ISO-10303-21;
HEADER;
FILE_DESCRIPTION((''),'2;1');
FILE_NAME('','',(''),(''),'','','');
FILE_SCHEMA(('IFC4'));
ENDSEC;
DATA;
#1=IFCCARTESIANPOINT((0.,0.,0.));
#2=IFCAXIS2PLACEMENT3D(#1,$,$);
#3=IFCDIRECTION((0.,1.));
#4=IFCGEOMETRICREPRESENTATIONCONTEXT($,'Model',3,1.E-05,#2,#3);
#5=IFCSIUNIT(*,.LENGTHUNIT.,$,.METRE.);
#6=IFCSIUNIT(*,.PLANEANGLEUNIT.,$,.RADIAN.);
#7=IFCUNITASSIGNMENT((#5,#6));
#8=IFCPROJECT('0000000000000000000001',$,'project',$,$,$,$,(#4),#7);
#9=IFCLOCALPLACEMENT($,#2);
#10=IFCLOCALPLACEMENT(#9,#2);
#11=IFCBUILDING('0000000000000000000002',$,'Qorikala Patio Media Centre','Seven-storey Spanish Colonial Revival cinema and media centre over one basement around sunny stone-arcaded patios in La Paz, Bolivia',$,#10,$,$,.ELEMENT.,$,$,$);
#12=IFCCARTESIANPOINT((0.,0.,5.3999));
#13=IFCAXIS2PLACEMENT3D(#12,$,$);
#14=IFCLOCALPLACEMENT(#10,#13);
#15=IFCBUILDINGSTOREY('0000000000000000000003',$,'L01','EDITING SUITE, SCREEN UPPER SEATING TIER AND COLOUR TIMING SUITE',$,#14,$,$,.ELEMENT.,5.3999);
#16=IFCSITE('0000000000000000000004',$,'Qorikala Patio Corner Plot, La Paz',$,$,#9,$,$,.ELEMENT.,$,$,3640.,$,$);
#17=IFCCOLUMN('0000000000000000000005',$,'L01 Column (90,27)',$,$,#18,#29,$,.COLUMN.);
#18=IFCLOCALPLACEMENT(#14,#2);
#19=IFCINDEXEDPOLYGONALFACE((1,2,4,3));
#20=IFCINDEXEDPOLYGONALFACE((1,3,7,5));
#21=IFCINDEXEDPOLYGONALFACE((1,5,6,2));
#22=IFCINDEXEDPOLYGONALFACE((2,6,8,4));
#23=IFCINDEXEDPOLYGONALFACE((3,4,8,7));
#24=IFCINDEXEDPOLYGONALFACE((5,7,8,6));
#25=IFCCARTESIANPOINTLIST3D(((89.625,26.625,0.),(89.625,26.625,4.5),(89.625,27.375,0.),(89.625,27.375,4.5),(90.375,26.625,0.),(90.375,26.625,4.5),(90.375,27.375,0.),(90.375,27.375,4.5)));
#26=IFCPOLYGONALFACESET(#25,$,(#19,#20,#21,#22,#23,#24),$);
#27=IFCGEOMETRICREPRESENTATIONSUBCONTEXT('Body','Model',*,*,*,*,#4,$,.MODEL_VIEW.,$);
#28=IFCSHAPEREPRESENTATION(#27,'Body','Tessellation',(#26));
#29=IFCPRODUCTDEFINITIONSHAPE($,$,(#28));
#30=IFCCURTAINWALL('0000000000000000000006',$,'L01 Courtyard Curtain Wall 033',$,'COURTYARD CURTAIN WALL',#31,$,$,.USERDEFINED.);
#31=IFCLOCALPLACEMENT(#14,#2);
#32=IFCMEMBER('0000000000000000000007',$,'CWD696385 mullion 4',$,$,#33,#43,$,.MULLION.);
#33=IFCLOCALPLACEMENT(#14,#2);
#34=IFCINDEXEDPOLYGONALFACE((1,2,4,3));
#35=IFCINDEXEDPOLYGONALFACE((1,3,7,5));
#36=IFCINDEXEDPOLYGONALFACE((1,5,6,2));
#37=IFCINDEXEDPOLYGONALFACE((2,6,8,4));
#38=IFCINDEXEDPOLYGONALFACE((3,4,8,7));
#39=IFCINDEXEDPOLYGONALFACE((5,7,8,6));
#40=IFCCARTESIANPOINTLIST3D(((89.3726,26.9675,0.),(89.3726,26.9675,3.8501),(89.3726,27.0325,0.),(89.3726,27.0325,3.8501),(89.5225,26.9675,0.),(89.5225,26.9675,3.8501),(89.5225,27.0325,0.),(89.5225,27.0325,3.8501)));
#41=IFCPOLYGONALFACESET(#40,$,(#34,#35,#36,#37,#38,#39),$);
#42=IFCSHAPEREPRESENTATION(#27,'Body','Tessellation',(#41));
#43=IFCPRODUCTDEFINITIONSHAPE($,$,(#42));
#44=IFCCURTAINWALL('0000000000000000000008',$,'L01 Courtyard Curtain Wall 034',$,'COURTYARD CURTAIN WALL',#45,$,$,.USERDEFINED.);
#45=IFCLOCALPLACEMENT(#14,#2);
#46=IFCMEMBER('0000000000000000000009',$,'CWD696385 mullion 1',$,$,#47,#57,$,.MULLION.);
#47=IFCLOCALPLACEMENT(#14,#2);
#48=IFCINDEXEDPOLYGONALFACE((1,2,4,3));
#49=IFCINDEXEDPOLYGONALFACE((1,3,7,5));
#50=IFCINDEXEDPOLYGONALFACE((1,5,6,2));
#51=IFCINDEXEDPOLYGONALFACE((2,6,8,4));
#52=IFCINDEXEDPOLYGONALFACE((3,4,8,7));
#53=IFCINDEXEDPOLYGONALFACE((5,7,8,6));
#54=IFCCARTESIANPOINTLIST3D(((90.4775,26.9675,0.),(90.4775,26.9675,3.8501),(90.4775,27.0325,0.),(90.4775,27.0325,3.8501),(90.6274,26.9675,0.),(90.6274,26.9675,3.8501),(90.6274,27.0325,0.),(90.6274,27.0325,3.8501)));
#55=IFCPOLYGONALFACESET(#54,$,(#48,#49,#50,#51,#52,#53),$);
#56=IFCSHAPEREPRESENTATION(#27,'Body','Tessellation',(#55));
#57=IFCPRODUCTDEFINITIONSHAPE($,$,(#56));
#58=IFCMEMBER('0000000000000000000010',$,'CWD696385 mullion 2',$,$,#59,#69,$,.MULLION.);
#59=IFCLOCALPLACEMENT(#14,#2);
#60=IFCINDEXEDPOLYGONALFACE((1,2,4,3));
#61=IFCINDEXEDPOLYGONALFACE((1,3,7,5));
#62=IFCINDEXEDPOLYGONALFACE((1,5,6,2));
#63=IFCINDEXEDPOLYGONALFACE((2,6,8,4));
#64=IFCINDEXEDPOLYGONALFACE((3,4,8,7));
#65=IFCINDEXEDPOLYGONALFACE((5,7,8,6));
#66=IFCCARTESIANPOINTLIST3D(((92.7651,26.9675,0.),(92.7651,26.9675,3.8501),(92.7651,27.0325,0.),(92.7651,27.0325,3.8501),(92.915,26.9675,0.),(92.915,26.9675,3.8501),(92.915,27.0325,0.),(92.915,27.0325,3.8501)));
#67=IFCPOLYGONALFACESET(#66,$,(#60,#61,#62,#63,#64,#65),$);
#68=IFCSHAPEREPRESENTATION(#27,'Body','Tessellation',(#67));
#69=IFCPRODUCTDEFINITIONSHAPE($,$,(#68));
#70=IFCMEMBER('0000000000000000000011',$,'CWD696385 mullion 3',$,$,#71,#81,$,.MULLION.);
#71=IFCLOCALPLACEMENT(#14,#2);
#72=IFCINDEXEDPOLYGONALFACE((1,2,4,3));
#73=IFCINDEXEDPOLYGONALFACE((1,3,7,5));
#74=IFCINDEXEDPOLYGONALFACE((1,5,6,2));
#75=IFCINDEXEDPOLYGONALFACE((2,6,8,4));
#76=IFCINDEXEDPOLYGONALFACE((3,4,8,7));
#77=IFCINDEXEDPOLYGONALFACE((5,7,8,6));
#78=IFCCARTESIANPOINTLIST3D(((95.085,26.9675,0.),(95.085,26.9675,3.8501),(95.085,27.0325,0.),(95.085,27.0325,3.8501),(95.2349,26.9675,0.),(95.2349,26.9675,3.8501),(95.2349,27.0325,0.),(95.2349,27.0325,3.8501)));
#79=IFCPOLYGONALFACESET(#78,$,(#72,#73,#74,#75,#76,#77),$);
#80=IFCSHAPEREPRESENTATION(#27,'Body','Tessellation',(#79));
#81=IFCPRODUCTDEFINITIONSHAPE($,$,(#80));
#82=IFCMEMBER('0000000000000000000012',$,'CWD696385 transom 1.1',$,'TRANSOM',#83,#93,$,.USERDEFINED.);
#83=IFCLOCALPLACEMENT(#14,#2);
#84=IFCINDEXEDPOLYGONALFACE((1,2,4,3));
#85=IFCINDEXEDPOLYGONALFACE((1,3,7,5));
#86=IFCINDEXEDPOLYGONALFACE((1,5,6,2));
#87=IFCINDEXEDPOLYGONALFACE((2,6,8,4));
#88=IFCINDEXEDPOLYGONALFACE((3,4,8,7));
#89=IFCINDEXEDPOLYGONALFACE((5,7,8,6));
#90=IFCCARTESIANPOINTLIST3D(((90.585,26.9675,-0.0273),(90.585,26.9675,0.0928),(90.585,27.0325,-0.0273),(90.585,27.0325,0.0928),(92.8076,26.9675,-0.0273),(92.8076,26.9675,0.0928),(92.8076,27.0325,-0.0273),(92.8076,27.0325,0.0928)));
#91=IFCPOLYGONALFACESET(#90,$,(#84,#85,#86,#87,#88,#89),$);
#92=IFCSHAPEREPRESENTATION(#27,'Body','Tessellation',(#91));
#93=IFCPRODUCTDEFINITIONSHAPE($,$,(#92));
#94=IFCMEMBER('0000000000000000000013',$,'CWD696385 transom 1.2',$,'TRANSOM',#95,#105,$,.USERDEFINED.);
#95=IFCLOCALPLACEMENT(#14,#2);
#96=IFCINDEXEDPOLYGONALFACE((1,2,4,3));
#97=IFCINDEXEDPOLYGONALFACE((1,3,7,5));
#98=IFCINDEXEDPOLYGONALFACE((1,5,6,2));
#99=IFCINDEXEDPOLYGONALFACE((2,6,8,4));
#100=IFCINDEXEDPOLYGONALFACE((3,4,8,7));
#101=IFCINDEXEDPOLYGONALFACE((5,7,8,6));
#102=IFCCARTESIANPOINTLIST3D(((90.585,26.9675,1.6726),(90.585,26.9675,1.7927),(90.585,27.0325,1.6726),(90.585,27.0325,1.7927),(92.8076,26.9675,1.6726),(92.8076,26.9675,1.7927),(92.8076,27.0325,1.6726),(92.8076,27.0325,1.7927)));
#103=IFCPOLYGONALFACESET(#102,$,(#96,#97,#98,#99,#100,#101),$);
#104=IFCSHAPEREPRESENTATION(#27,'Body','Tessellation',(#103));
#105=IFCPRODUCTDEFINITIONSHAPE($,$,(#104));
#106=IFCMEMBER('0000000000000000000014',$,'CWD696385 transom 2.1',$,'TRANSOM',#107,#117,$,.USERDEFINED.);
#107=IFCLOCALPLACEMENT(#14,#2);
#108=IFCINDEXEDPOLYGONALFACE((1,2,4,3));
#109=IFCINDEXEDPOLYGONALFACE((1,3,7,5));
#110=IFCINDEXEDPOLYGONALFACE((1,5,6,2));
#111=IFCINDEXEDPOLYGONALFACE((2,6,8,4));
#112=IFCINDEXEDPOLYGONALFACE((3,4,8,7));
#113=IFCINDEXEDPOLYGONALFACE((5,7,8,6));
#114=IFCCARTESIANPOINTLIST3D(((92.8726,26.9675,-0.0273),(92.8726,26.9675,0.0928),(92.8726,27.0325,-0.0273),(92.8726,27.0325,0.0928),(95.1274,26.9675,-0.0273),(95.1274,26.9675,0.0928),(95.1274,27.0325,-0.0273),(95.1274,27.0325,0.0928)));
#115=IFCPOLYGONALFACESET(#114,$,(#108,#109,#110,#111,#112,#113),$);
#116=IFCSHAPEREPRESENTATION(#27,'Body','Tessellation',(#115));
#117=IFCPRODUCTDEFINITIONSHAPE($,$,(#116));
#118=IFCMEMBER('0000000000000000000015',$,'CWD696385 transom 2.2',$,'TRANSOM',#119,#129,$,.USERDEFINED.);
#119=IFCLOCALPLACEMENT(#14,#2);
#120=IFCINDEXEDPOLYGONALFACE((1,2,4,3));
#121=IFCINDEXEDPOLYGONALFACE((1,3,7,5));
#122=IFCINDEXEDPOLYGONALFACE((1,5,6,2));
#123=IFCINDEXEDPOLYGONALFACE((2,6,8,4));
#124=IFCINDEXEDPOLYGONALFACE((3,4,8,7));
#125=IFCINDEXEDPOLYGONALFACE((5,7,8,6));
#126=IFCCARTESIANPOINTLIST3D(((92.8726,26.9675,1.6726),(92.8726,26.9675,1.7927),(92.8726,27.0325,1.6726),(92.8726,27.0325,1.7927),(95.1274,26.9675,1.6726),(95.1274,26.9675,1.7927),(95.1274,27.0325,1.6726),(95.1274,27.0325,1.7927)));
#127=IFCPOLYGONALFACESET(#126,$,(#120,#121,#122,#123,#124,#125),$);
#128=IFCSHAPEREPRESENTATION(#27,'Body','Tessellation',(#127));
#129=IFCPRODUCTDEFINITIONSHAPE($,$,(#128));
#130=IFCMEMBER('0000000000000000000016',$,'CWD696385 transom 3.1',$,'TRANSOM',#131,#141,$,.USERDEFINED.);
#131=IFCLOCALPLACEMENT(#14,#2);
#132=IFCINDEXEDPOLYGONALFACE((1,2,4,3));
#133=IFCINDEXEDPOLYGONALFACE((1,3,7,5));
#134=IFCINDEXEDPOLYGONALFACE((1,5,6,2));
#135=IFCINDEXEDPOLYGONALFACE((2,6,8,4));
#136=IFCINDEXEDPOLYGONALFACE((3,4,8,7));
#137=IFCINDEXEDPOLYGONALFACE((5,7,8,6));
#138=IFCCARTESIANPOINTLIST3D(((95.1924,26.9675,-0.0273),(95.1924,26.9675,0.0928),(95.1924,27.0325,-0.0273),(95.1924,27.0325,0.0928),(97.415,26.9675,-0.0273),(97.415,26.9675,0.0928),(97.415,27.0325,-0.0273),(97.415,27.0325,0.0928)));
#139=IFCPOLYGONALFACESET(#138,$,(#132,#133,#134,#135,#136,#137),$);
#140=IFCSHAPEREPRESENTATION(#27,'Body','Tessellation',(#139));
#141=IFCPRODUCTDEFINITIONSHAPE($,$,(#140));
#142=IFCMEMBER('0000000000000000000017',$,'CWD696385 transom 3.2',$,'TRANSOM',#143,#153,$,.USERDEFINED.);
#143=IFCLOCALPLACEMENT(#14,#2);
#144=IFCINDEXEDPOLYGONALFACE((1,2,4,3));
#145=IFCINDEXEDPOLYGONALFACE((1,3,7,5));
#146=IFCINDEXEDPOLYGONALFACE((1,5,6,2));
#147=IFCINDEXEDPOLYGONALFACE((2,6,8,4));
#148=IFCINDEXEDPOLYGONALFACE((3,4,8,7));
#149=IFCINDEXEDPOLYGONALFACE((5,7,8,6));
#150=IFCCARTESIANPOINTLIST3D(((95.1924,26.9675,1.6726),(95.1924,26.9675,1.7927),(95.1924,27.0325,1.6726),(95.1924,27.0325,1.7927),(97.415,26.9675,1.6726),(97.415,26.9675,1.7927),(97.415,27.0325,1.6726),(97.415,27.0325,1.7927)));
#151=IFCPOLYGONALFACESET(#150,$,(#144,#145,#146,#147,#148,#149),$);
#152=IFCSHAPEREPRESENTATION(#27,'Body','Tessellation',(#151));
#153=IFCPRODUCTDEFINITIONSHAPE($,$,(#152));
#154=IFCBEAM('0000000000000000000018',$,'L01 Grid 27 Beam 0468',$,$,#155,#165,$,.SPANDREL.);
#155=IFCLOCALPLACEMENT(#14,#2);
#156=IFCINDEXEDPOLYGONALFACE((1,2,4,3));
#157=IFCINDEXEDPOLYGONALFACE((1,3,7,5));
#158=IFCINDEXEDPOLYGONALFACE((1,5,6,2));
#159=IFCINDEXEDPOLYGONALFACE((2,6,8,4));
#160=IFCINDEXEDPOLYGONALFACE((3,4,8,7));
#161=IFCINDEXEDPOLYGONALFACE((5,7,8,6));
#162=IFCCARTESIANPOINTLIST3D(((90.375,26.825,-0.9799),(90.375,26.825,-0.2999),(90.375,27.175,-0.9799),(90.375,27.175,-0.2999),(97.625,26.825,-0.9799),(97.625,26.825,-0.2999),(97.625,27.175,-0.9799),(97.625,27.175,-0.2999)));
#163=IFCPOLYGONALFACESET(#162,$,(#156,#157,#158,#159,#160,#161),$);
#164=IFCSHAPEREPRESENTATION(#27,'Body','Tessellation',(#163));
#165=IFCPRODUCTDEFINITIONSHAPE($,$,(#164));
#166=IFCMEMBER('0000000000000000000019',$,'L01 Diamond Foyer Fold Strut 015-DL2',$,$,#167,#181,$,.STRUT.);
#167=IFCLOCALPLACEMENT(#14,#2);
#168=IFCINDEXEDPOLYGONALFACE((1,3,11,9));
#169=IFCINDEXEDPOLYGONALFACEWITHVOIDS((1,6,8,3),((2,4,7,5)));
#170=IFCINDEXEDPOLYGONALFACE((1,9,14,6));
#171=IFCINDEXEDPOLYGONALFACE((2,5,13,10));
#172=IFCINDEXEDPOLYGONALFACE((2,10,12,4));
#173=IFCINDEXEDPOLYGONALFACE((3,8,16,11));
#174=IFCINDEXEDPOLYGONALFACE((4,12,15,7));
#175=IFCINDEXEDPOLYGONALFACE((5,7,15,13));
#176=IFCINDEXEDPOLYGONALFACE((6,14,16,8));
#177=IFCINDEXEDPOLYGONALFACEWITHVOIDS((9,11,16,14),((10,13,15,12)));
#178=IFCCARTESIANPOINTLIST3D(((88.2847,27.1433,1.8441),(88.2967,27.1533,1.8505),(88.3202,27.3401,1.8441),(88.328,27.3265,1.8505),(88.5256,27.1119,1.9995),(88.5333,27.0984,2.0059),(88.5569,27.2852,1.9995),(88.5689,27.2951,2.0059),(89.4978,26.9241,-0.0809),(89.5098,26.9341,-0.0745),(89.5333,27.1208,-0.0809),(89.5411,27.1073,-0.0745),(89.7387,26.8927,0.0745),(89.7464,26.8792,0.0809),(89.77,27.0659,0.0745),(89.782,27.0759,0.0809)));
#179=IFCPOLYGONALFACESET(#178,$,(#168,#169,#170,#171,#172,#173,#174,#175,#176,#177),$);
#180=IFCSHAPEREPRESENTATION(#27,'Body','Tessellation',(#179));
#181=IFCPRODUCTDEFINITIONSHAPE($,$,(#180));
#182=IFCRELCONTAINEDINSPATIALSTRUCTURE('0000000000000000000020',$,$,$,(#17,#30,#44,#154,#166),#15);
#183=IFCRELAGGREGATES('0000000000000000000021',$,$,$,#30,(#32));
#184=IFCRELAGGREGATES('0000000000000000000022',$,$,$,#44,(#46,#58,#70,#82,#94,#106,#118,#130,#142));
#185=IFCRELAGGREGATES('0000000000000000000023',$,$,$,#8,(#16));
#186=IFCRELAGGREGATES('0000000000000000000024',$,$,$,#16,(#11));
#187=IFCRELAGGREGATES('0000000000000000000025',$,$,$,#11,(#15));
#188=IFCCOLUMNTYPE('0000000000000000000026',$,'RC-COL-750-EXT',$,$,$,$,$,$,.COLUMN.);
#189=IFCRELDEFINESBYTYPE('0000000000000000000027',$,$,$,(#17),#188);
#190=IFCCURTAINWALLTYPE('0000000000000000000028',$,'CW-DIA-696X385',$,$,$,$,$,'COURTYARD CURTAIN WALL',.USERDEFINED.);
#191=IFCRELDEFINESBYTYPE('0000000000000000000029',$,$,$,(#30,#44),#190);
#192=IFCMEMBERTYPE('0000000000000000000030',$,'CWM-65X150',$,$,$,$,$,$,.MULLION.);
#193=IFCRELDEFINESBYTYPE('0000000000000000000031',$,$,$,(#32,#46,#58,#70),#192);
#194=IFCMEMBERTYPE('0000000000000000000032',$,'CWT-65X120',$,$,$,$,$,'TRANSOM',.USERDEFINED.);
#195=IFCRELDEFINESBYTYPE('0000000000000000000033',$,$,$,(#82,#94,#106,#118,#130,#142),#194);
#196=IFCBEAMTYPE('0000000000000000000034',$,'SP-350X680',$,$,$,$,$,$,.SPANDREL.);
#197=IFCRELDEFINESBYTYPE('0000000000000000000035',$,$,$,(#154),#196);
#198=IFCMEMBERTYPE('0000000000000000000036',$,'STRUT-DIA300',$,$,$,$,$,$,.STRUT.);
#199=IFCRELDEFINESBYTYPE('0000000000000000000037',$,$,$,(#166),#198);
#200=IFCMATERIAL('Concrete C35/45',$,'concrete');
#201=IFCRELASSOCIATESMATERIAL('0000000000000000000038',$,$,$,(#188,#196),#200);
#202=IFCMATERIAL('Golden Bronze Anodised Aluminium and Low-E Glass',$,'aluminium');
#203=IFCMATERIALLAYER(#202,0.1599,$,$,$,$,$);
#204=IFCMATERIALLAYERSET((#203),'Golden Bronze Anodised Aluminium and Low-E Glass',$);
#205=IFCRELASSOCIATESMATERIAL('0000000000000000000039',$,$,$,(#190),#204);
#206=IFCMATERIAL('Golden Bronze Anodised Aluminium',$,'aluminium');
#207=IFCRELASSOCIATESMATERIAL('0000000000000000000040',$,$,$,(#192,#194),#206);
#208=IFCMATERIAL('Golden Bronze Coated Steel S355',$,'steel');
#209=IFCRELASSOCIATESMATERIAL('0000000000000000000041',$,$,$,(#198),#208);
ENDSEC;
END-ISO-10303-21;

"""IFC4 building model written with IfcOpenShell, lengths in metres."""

from ifc_helpers import new_model, si_unit, direction, frame, origin, origin_2d, place, context, subcontext, project, spatial, rectangle, hollow_rectangle, extrude, material, layer, layer_set, material_profile, profile_set, type_object, element, aggregate, save


model = new_model("IFC4")

# Units and contexts
model_context = context("Model", 3, precision=1e-05, world=origin(), true_north=direction((0.0, 1.0)))
body_context = subcontext(model_context, "Body", "Model", "MODEL_VIEW")
ifc_project = project(units=[si_unit("LENGTHUNIT", "METRE"), si_unit("PLANEANGLEUNIT", "RADIAN")], contexts=[model_context])

# Site, building, storey
site_placement = place(None, origin())
site = spatial("IfcSite", under=ifc_project, at=site_placement, Name="Qorikala Patio Corner Plot, La Paz", CompositionType="ELEMENT", RefElevation=3640.0)
building_placement = place(site_placement, origin())
building = spatial("IfcBuilding", under=site, at=building_placement, Name="Qorikala Patio Media Centre", Description="Seven-storey Spanish Colonial Revival cinema and media centre over one basement around sunny stone-arcaded patios in La Paz, Bolivia", CompositionType="ELEMENT")
storey_placement = place(building_placement, frame((0.0, 0.0, 5.3999)))
storey = spatial("IfcBuildingStorey", under=building, at=storey_placement, Name="L01", Description="EDITING SUITE, SCREEN UPPER SEATING TIER AND COLOUR TIMING SUITE", CompositionType="ELEMENT", Elevation=5.3999)

# Column
ifc_material_1 = material(Name="Concrete C35/45", Category="concrete")
ifc_material_profile_1 = material_profile(ifc_material_1, rectangle(XDim=0.75, YDim=0.75, at=origin_2d()), Name="RC 750x750")
ifc_profile_set_1 = profile_set([ifc_material_profile_1], Name="Concrete C35/45")
column_type = type_object("IfcColumnType", Name="RC-COL-750-EXT", PredefinedType="COLUMN", material=ifc_profile_set_1)
column_placement = place(storey_placement, frame((90.0, 27.0, 0.0), z_axis=(0.0, 0.0, 1.0), x_axis=(1.0, 0.0, 0.0)))
element("IfcColumn", 1, at=column_placement, inside=storey, type_object=column_type, Name="L01 Column (90,27)", PredefinedType="COLUMN", context=body_context, shape_type="SweptSolid", body=[
    extrude(rectangle(XDim=0.75, YDim=0.75, at=origin_2d()), origin(), (0.0, 0.0, 1.0), 4.5),
])

# Curtain wall, member
ifc_material_2 = material(Name="Golden Bronze Anodised Aluminium and Low-E Glass", Category="aluminium")
ifc_layer_1 = layer(ifc_material_2, 0.1599)
ifc_layer_set_1 = layer_set([ifc_layer_1], Name="Golden Bronze Anodised Aluminium and Low-E Glass")
curtain_wall_type = type_object("IfcCurtainWallType", Name="CW-DIA-696X385", ElementType="COURTYARD CURTAIN WALL", PredefinedType="USERDEFINED", material=ifc_layer_set_1)
curtain_wall_1_placement = place(storey_placement, origin())
curtain_wall_1 = element("IfcCurtainWall", 2, at=curtain_wall_1_placement, inside=storey, type_object=curtain_wall_type, Name="L01 Courtyard Curtain Wall 033", ObjectType="COURTYARD CURTAIN WALL", PredefinedType="USERDEFINED")
ifc_material_3 = material(Name="Golden Bronze Anodised Aluminium", Category="aluminium")
ifc_material_profile_2 = material_profile(ifc_material_3, rectangle(XDim=0.0649, YDim=0.1499, at=origin_2d()), Name="ALU MULLION 65x150")
ifc_profile_set_2 = profile_set([ifc_material_profile_2], Name="Golden Bronze Anodised Aluminium")
member_type_1 = type_object("IfcMemberType", Name="CWM-65X150", PredefinedType="MULLION", material=ifc_profile_set_2)
member_1_placement = place(storey_placement, frame((89.4475, 27.0, 0.0), z_axis=(0.0, 0.0, 1.0), x_axis=(0.0, 1.0, 0.0)))
member_1 = element("IfcMember", 3, at=member_1_placement, type_object=member_type_1, Name="CWD696385 mullion 4", PredefinedType="MULLION", context=body_context, shape_type="SweptSolid", body=[
    extrude(rectangle(XDim=0.0649, YDim=0.1499, at=origin_2d()), origin(), (0.0, 0.0, 1.0), 3.8501),
])
aggregate(curtain_wall_1, [member_1])

# Curtain wall, members
curtain_wall_2_placement = place(storey_placement, origin())
curtain_wall_2 = element("IfcCurtainWall", 4, at=curtain_wall_2_placement, inside=storey, type_object=curtain_wall_type, Name="L01 Courtyard Curtain Wall 034", ObjectType="COURTYARD CURTAIN WALL", PredefinedType="USERDEFINED")
member_2_placement = place(storey_placement, frame((90.5525, 27.0, 0.0), z_axis=(0.0, 0.0, 1.0), x_axis=(0.0, 1.0, 0.0)))
member_2 = element("IfcMember", 5, at=member_2_placement, type_object=member_type_1, Name="CWD696385 mullion 1", PredefinedType="MULLION", context=body_context, shape_type="SweptSolid", body=[
    extrude(rectangle(XDim=0.0649, YDim=0.1499, at=origin_2d()), origin(), (0.0, 0.0, 1.0), 3.8501),
])
member_3_placement = place(storey_placement, frame((92.8401, 27.0, 0.0), z_axis=(0.0, 0.0, 1.0), x_axis=(0.0, 1.0, 0.0)))
member_3 = element("IfcMember", 6, at=member_3_placement, type_object=member_type_1, Name="CWD696385 mullion 2", PredefinedType="MULLION", context=body_context, shape_type="SweptSolid", body=[
    extrude(rectangle(XDim=0.0649, YDim=0.1499, at=origin_2d()), origin(), (0.0, 0.0, 1.0), 3.8501),
])
member_4_placement = place(storey_placement, frame((95.1599, 27.0, 0.0), z_axis=(0.0, 0.0, 1.0), x_axis=(0.0, 1.0, 0.0)))
member_4 = element("IfcMember", 7, at=member_4_placement, type_object=member_type_1, Name="CWD696385 mullion 3", PredefinedType="MULLION", context=body_context, shape_type="SweptSolid", body=[
    extrude(rectangle(XDim=0.0649, YDim=0.1499, at=origin_2d()), origin(), (0.0, 0.0, 1.0), 3.8501),
])
ifc_material_profile_3 = material_profile(ifc_material_3, rectangle(XDim=0.0649, YDim=0.1201, at=origin_2d()), Name="ALU TRANSOM 65x120")
ifc_profile_set_3 = profile_set([ifc_material_profile_3], Name="Golden Bronze Anodised Aluminium")
member_type_2 = type_object("IfcMemberType", Name="CWT-65X120", ElementType="TRANSOM", PredefinedType="USERDEFINED", material=ifc_profile_set_3)
member_5_placement = place(storey_placement, frame((90.585, 27.0, 0.0327), z_axis=(1.0, 0.0, 0.0), x_axis=(0.0, 1.0, 0.0)))
member_5 = element("IfcMember", 8, at=member_5_placement, type_object=member_type_2, Name="CWD696385 transom 1.1", ObjectType="TRANSOM", PredefinedType="USERDEFINED", context=body_context, shape_type="SweptSolid", body=[
    extrude(rectangle(XDim=0.0649, YDim=0.1201, at=origin_2d()), origin(), (0.0, 0.0, 1.0), 2.2227),
])
member_6_placement = place(storey_placement, frame((90.585, 27.0, 1.7327), z_axis=(1.0, 0.0, 0.0), x_axis=(0.0, 1.0, 0.0)))
member_6 = element("IfcMember", 9, at=member_6_placement, type_object=member_type_2, Name="CWD696385 transom 1.2", ObjectType="TRANSOM", PredefinedType="USERDEFINED", context=body_context, shape_type="SweptSolid", body=[
    extrude(rectangle(XDim=0.0649, YDim=0.1201, at=origin_2d()), origin(), (0.0, 0.0, 1.0), 2.2227),
])
member_7_placement = place(storey_placement, frame((92.8726, 27.0, 0.0327), z_axis=(1.0, 0.0, 0.0), x_axis=(0.0, 1.0, 0.0)))
member_7 = element("IfcMember", 10, at=member_7_placement, type_object=member_type_2, Name="CWD696385 transom 2.1", ObjectType="TRANSOM", PredefinedType="USERDEFINED", context=body_context, shape_type="SweptSolid", body=[
    extrude(rectangle(XDim=0.0649, YDim=0.1201, at=origin_2d()), origin(), (0.0, 0.0, 1.0), 2.2549),
])
member_8_placement = place(storey_placement, frame((92.8726, 27.0, 1.7327), z_axis=(1.0, 0.0, 0.0), x_axis=(0.0, 1.0, 0.0)))
member_8 = element("IfcMember", 11, at=member_8_placement, type_object=member_type_2, Name="CWD696385 transom 2.2", ObjectType="TRANSOM", PredefinedType="USERDEFINED", context=body_context, shape_type="SweptSolid", body=[
    extrude(rectangle(XDim=0.0649, YDim=0.1201, at=origin_2d()), origin(), (0.0, 0.0, 1.0), 2.2549),
])
member_9_placement = place(storey_placement, frame((95.1924, 27.0, 0.0327), z_axis=(1.0, 0.0, 0.0), x_axis=(0.0, 1.0, 0.0)))
member_9 = element("IfcMember", 12, at=member_9_placement, type_object=member_type_2, Name="CWD696385 transom 3.1", ObjectType="TRANSOM", PredefinedType="USERDEFINED", context=body_context, shape_type="SweptSolid", body=[
    extrude(rectangle(XDim=0.0649, YDim=0.1201, at=origin_2d()), origin(), (0.0, 0.0, 1.0), 2.2227),
])
member_10_placement = place(storey_placement, frame((95.1924, 27.0, 1.7327), z_axis=(1.0, 0.0, 0.0), x_axis=(0.0, 1.0, 0.0)))
member_10 = element("IfcMember", 13, at=member_10_placement, type_object=member_type_2, Name="CWD696385 transom 3.2", ObjectType="TRANSOM", PredefinedType="USERDEFINED", context=body_context, shape_type="SweptSolid", body=[
    extrude(rectangle(XDim=0.0649, YDim=0.1201, at=origin_2d()), origin(), (0.0, 0.0, 1.0), 2.2227),
])

# Beam
ifc_material_profile_4 = material_profile(ifc_material_1, rectangle(XDim=0.3501, YDim=0.6799, at=origin_2d()), Name="RC 350x680")
ifc_profile_set_4 = profile_set([ifc_material_profile_4], Name="Concrete C35/45")
beam_type = type_object("IfcBeamType", Name="SP-350X680", PredefinedType="SPANDREL", material=ifc_profile_set_4)
beam_placement = place(storey_placement, frame((90.375, 27.0, -0.6399), z_axis=(1.0, 0.0, 0.0), x_axis=(0.0, 1.0, 0.0)))
element("IfcBeam", 14, at=beam_placement, inside=storey, type_object=beam_type, Name="L01 Grid 27 Beam 0468", PredefinedType="SPANDREL", context=body_context, shape_type="SweptSolid", body=[
    extrude(rectangle(XDim=0.3501, YDim=0.6799, at=origin_2d()), origin(), (0.0, 0.0, 1.0), 7.25),
])

# Member
ifc_material_4 = material(Name="Golden Bronze Coated Steel S355", Category="steel")
ifc_material_profile_5 = material_profile(ifc_material_4, hollow_rectangle(XDim=0.2, YDim=0.3, WallThickness=0.012, at=origin_2d()), Name="HSS300X200X12")
ifc_profile_set_5 = profile_set([ifc_material_profile_5], Name="Golden Bronze Coated Steel S355")
member_type_3 = type_object("IfcMemberType", Name="STRUT-DIA300", PredefinedType="STRUT", material=ifc_profile_set_5)
for number, where, z_axis, x_axis, name in (
    (15, (89.6399, 27.0, 0.0), (-0.530691, 0.095907, 0.842121), (-0.17784, -0.984059, 0.0), "L01 Diamond Foyer Fold Strut 015-DL2"),
):
    element("IfcMember", number, at=place(storey_placement, frame(where, z_axis=z_axis, x_axis=x_axis)), inside=storey, type_object=member_type_3, Name=name, PredefinedType="STRUT", context=body_context, shape_type="SweptSolid", body=[
        extrude(hollow_rectangle(XDim=0.2, YDim=0.3, WallThickness=0.012, at=origin_2d()), origin(), (0.0, 0.0, 1.0), 2.2859),
    ])

aggregate(curtain_wall_2, [member_2, member_3, member_4, member_5, member_6, member_7, member_8, member_9, member_10])

save(model, "model.ifc")
